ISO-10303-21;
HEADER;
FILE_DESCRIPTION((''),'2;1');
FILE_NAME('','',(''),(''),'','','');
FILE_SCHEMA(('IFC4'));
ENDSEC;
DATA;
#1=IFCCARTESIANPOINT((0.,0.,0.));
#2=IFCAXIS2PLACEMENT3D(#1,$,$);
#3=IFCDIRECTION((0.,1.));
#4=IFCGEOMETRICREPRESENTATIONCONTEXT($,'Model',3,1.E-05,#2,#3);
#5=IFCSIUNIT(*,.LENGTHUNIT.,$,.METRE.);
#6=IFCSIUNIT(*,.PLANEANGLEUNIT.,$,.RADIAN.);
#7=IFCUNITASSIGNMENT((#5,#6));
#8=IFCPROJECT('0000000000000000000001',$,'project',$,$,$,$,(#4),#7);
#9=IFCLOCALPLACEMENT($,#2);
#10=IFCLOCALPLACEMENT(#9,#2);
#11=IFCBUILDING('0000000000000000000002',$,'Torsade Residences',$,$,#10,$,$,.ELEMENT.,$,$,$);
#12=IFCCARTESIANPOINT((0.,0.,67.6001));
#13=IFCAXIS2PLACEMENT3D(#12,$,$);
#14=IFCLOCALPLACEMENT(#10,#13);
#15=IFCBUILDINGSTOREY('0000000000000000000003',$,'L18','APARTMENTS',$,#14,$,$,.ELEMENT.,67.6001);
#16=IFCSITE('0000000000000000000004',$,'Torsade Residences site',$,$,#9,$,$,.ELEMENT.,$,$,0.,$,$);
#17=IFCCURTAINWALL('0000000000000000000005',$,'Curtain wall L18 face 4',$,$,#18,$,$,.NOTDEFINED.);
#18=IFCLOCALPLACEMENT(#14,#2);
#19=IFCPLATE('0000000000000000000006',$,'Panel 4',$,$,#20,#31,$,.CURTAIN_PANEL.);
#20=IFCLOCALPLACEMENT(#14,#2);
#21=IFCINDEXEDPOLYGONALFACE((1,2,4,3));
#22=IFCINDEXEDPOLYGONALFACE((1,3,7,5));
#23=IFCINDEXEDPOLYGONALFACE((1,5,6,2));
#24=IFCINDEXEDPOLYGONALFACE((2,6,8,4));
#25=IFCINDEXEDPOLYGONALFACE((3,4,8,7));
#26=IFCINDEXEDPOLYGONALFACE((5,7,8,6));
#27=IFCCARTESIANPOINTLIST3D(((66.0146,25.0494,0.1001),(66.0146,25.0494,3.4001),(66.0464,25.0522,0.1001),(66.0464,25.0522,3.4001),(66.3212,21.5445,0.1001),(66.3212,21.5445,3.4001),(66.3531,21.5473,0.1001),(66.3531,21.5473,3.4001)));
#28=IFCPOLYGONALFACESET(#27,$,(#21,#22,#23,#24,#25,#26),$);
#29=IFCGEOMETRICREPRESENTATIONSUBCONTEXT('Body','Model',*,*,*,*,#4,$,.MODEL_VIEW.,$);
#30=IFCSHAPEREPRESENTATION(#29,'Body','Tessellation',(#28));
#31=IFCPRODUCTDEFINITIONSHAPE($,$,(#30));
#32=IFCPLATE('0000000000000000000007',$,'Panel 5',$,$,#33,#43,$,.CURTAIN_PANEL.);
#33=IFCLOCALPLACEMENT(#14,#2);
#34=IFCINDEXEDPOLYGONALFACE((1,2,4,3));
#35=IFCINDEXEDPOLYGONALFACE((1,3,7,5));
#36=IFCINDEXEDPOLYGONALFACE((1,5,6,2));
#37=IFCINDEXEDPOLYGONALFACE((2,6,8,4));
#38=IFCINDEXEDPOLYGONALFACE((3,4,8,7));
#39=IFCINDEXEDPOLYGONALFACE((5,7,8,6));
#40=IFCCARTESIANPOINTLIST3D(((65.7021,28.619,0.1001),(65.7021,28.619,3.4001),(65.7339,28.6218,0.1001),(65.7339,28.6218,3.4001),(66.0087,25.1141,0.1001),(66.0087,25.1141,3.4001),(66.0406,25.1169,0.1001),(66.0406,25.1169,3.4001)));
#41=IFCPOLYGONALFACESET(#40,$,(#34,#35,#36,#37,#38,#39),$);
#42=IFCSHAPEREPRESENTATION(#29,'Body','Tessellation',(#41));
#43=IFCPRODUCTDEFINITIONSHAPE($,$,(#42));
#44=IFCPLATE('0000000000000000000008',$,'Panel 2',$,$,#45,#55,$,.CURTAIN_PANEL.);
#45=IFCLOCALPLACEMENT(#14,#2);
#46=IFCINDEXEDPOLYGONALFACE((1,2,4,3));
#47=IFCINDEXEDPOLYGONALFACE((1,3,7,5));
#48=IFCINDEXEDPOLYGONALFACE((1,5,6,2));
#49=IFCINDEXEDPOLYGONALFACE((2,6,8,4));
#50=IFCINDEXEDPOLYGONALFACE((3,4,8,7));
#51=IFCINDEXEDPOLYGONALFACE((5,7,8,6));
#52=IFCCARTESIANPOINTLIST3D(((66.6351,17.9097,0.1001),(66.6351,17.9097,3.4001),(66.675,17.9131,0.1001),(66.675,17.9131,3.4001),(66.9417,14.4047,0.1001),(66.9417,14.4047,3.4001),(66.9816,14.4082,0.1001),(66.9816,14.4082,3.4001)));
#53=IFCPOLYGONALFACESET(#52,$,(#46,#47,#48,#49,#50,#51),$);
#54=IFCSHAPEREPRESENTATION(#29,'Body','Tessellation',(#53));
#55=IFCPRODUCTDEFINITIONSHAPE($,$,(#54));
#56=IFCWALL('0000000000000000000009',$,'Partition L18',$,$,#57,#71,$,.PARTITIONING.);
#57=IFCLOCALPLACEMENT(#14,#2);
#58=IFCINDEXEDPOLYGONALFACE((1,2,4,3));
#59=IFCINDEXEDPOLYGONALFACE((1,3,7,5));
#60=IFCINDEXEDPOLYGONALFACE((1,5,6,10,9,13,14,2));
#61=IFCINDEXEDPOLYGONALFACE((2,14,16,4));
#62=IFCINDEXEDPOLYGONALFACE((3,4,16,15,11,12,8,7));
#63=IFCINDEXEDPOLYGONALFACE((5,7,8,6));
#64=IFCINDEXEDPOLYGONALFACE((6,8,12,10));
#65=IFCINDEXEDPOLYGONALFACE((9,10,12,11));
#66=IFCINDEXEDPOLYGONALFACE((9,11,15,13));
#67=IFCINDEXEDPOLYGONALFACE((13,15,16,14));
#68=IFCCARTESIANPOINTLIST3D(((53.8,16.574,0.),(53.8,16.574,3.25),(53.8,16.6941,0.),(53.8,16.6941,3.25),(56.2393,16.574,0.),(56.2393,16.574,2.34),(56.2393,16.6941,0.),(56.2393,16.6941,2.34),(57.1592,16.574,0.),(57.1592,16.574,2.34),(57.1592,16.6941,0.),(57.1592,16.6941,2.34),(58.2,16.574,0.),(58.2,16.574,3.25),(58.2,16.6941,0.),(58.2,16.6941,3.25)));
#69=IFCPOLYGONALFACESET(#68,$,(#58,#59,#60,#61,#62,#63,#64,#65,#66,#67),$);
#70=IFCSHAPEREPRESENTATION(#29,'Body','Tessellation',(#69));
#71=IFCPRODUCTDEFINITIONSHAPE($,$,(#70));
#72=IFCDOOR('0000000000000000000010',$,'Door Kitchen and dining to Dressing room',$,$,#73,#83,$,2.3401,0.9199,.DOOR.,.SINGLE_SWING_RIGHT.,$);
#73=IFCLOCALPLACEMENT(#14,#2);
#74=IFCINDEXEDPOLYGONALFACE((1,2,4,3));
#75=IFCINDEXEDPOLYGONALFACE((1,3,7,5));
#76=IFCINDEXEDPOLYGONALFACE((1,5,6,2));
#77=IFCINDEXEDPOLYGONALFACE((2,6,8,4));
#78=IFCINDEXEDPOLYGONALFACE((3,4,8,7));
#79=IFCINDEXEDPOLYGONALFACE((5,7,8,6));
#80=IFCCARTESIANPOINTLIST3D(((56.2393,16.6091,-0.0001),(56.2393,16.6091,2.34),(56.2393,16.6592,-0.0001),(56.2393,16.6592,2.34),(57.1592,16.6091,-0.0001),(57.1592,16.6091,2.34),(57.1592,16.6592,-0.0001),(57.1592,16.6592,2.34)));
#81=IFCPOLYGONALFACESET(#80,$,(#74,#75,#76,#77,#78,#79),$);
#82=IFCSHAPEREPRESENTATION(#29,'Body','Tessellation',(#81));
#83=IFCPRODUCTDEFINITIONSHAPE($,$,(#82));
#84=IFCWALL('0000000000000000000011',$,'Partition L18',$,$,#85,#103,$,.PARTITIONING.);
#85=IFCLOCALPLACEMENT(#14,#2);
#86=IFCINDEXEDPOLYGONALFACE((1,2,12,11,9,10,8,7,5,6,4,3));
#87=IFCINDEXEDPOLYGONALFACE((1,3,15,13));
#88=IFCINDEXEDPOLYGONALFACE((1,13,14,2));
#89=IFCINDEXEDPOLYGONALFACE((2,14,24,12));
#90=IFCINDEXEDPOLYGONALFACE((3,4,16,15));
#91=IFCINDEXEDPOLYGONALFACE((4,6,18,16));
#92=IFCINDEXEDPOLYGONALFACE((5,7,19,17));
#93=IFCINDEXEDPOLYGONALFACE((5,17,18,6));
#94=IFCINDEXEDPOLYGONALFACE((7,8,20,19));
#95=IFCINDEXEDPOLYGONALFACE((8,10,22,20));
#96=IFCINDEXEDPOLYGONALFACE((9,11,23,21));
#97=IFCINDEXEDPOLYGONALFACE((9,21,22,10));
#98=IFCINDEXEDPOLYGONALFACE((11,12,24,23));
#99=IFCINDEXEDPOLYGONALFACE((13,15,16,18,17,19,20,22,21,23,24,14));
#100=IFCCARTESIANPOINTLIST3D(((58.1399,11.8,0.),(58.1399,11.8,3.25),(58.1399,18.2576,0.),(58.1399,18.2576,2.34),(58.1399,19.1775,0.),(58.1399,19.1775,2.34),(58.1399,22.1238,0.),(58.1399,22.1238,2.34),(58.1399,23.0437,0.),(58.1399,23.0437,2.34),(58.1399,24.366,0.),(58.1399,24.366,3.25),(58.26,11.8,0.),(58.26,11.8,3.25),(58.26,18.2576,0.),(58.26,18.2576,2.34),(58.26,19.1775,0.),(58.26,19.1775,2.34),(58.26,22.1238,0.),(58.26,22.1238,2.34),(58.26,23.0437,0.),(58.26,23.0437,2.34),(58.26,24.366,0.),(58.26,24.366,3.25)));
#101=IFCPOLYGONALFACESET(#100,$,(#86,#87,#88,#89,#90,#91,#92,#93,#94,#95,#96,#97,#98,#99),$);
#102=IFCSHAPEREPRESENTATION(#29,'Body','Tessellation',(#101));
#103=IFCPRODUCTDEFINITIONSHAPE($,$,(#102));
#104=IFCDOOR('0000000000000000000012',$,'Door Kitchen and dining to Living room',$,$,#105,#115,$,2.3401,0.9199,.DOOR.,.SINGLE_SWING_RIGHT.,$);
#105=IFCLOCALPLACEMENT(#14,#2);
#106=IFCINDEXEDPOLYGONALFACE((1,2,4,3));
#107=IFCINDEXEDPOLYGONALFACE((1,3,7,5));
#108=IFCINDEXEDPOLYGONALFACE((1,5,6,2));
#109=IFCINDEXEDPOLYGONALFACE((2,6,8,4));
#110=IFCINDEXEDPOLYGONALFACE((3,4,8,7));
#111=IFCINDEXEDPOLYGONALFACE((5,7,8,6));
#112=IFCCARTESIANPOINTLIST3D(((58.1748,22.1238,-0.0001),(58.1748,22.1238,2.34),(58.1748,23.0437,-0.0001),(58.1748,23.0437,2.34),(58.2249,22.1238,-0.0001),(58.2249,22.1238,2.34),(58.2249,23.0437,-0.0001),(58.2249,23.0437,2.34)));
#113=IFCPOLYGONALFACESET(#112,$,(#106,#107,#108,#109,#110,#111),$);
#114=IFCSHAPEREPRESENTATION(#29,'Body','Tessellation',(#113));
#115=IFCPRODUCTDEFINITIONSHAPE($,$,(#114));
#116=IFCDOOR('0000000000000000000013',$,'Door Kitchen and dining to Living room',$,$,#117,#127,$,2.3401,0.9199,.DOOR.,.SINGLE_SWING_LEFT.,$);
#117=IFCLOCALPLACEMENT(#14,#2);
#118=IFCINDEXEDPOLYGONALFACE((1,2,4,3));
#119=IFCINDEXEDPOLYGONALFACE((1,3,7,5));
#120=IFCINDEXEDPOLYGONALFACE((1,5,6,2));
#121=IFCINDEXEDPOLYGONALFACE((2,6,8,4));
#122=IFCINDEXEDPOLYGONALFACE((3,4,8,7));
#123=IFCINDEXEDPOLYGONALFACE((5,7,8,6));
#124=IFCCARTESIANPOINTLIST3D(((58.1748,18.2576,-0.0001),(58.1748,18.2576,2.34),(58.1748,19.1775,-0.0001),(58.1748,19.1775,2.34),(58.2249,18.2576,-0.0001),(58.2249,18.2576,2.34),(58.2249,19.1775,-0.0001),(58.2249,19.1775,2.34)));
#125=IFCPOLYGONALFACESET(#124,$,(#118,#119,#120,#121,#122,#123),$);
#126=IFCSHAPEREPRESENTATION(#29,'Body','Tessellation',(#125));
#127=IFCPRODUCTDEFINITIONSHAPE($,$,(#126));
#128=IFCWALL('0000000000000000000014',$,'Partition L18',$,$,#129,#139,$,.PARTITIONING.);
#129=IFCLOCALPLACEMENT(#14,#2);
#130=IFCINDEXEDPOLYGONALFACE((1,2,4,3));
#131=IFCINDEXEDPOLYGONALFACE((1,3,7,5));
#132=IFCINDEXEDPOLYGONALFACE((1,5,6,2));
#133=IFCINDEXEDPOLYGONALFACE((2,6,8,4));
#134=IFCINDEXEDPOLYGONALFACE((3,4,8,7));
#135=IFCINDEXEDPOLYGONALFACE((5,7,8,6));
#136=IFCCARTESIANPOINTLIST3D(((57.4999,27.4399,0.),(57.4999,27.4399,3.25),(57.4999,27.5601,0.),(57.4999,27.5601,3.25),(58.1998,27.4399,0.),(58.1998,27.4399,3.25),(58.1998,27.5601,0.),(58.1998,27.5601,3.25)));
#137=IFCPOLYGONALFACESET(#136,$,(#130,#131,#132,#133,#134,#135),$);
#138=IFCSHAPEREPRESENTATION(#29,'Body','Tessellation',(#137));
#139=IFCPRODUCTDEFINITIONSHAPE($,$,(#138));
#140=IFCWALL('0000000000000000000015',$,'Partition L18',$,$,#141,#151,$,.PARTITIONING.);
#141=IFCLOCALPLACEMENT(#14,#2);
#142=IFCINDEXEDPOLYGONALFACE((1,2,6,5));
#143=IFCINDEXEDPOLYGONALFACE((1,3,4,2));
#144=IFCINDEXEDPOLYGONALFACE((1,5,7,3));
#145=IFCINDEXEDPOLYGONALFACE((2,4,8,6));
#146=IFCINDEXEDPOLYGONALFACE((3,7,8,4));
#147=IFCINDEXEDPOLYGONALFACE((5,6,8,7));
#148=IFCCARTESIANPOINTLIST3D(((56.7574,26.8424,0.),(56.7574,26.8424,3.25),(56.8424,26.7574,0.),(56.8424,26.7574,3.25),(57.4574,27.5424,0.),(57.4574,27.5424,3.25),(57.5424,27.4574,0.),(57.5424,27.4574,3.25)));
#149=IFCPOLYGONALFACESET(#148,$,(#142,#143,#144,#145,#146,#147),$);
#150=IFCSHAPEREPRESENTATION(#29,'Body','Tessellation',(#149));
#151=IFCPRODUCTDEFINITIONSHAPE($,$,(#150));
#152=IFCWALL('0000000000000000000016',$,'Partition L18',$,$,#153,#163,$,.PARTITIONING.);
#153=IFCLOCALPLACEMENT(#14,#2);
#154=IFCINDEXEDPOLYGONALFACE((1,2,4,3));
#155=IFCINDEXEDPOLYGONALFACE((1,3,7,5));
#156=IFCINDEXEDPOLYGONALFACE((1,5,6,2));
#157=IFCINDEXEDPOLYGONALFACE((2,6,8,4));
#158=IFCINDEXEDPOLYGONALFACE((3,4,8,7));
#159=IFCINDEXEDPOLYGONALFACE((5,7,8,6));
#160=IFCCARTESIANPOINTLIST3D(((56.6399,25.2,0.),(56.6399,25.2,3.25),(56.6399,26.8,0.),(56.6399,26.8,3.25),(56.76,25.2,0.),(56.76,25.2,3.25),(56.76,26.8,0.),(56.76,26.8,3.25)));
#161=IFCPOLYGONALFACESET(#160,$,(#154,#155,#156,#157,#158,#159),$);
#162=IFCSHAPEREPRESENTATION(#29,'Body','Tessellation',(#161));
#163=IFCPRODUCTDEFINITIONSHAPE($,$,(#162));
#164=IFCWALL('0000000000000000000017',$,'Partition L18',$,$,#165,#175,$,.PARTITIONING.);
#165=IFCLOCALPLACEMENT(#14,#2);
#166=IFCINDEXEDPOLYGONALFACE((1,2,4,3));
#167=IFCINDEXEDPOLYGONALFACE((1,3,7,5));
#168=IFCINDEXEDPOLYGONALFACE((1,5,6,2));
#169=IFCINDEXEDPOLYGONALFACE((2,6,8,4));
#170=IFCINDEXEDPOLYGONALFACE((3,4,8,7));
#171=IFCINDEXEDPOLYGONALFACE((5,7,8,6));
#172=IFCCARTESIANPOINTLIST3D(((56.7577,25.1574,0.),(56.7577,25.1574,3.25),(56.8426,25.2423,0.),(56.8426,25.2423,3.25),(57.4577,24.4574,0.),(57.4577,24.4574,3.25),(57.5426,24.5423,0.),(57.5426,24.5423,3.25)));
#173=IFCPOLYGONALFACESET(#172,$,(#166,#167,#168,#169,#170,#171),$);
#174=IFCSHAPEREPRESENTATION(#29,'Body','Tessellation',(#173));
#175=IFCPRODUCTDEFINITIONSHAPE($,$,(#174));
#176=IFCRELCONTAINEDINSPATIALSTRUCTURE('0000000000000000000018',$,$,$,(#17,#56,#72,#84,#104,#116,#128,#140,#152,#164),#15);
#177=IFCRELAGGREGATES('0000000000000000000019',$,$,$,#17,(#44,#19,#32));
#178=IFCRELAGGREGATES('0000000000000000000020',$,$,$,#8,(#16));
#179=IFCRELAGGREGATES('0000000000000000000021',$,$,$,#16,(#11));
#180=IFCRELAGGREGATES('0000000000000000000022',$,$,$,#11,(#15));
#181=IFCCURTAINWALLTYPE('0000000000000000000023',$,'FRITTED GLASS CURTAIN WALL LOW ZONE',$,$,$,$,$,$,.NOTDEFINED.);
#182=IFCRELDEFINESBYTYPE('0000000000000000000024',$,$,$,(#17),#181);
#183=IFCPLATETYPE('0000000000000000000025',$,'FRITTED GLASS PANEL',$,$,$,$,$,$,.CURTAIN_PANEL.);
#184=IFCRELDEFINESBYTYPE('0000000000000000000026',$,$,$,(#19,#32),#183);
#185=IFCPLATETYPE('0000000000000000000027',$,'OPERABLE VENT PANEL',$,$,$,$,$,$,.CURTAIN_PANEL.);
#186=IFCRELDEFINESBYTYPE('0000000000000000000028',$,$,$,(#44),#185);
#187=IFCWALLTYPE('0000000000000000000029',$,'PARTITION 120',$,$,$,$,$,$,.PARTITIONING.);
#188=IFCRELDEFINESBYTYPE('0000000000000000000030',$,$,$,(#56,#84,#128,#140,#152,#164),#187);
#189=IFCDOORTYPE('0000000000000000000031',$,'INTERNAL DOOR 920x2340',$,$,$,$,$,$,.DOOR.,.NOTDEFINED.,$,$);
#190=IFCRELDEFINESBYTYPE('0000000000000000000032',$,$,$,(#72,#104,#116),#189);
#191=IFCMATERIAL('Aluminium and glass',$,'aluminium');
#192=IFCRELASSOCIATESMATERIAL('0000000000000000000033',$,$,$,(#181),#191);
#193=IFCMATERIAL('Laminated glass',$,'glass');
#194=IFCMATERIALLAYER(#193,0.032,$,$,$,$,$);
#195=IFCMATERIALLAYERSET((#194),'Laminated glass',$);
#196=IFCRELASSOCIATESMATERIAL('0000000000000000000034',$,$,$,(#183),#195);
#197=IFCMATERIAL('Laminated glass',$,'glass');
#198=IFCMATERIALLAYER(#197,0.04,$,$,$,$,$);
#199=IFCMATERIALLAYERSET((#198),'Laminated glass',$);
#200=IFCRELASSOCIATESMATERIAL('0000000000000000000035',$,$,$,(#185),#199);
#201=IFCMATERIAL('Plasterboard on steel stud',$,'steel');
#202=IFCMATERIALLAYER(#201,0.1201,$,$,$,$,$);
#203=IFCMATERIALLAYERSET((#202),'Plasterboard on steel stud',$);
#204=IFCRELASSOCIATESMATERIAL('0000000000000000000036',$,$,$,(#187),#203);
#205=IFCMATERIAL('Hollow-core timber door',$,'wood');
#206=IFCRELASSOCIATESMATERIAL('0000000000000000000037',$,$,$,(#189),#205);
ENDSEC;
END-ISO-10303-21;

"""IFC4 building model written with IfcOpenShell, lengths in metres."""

from ifc_helpers import new_model, si_unit, direction, frame, frame_2d, origin, origin_2d, place, context, subcontext, project, spatial, rectangle, extrude, material, layer, layer_set, type_object, element, fill, aggregate, save


model = new_model("IFC4")

# Units and contexts
model_context = context("Model", 3, precision=1e-05, world=origin(), true_north=direction((0.0, 1.0)))
body_context = subcontext(model_context, "Body", "Model", "MODEL_VIEW")
ifc_project = project(units=[si_unit("LENGTHUNIT", "METRE"), si_unit("PLANEANGLEUNIT", "RADIAN")], contexts=[model_context])

# Site, building, storey
site_placement = place(None, origin())
site = spatial("IfcSite", under=ifc_project, at=site_placement, Name="Torsade Residences site", CompositionType="ELEMENT", RefElevation=0.0)
building_placement = place(site_placement, origin())
building = spatial("IfcBuilding", under=site, at=building_placement, Name="Torsade Residences", CompositionType="ELEMENT")
storey_placement = place(building_placement, frame((0.0, 0.0, 67.6001)))
storey = spatial("IfcBuildingStorey", under=building, at=storey_placement, Name="L18", Description="APARTMENTS", CompositionType="ELEMENT", Elevation=67.6001)

# Curtain wall
ifc_material_1 = material(Name="Aluminium and glass", Category="aluminium")
curtain_wall_type = type_object("IfcCurtainWallType", Name="FRITTED GLASS CURTAIN WALL LOW ZONE", PredefinedType="NOTDEFINED", material=ifc_material_1)
curtain_wall_placement = place(storey_placement, origin())
curtain_wall = element("IfcCurtainWall", 1, at=curtain_wall_placement, inside=storey, type_object=curtain_wall_type, Name="Curtain wall L18 face 4", PredefinedType="NOTDEFINED")

# Plates
ifc_material_2 = material(Name="Laminated glass", Category="glass")
ifc_layer_1 = layer(ifc_material_2, 0.032)
ifc_layer_set_1 = layer_set([ifc_layer_1], Name="Laminated glass")
plate_type_1 = type_object("IfcPlateType", Name="FRITTED GLASS PANEL", PredefinedType="CURTAIN_PANEL", material=ifc_layer_set_1)
plate_1_placement = place(storey_placement, frame((66.1838, 23.2983, 0.1001), z_axis=(0.0, 0.0, 1.0), x_axis=(-0.087156, 0.996195, 0.0)))
plate_1 = element("IfcPlate", 2, at=plate_1_placement, type_object=plate_type_1, Name="Panel 4", PredefinedType="CURTAIN_PANEL", context=body_context, shape_type="SweptSolid", body=[
    extrude(rectangle(XDim=3.5183, YDim=0.032, at=origin_2d()), origin(), (0.0, 0.0, 1.0), 3.3),
])
plate_2_placement = place(storey_placement, frame((65.8713, 26.8679, 0.1001), z_axis=(0.0, 0.0, 1.0), x_axis=(-0.087156, 0.996195, 0.0)))
plate_2 = element("IfcPlate", 3, at=plate_2_placement, type_object=plate_type_1, Name="Panel 5", PredefinedType="CURTAIN_PANEL", context=body_context, shape_type="SweptSolid", body=[
    extrude(rectangle(XDim=3.5183, YDim=0.032, at=origin_2d()), origin(), (0.0, 0.0, 1.0), 3.3),
])
ifc_material_3 = material(Name="Laminated glass", Category="glass")
ifc_layer_2 = layer(ifc_material_3, 0.04)
ifc_layer_set_2 = layer_set([ifc_layer_2], Name="Laminated glass")
plate_type_2 = type_object("IfcPlateType", Name="OPERABLE VENT PANEL", PredefinedType="CURTAIN_PANEL", material=ifc_layer_set_2)
plate_3_placement = place(storey_placement, frame((66.8083, 16.1589, 0.1001), z_axis=(0.0, 0.0, 1.0), x_axis=(-0.087156, 0.996195, 0.0)))
plate_3 = element("IfcPlate", 4, at=plate_3_placement, type_object=plate_type_2, Name="Panel 2", PredefinedType="CURTAIN_PANEL", context=body_context, shape_type="SweptSolid", body=[
    extrude(rectangle(XDim=3.5183, YDim=0.04, at=origin_2d()), origin(), (0.0, 0.0, 1.0), 3.3),
])
aggregate(curtain_wall, [plate_3, plate_1, plate_2])

# Wall, opening, door
ifc_material_4 = material(Name="Plasterboard on steel stud", Category="steel")
ifc_layer_3 = layer(ifc_material_4, 0.1201)
ifc_layer_set_3 = layer_set([ifc_layer_3], Name="Plasterboard on steel stud")
wall_type_1 = type_object("IfcWallType", Name="PARTITION 120", PredefinedType="PARTITIONING", material=ifc_layer_set_3)
wall_1_placement = place(storey_placement, frame((58.2, 16.634, 0.0), z_axis=(0.0, 0.0, 1.0), x_axis=(-1.0, 0.0, 0.0)))
wall_1 = element("IfcWall", 5, at=wall_1_placement, inside=storey, type_object=wall_type_1, Name="Partition L18", PredefinedType="PARTITIONING", context=body_context, shape_type="SweptSolid", body=[
    extrude(rectangle(XDim=4.3999, YDim=0.1201, at=frame_2d((2.2, 0.0))), origin(), (0.0, 0.0, 1.0), 3.25),
])
opening_1_placement = place(wall_1_placement, frame((1.0408, 0.0, 0.0)))
opening_1 = element("IfcOpeningElement", 6, at=opening_1_placement, cuts=wall_1, PredefinedType="OPENING", context=body_context, shape_type="SweptSolid", body=[
    extrude(rectangle(XDim=0.9199, YDim=2.3401, at=frame_2d((0.46, 1.1699))), frame((0.0, 0.0701, 0.0), z_axis=(0.0, -1.0, 0.0), x_axis=(1.0, 0.0, 0.0)), (0.0, 0.0, 1.0), 0.1401),
])
ifc_material_5 = material(Name="Hollow-core timber door", Category="wood")
door_type = type_object("IfcDoorType", Name="INTERNAL DOOR 920x2340", OperationType="NOTDEFINED", PredefinedType="DOOR", material=ifc_material_5)
door_1_placement = place(opening_1_placement, origin())
door_1 = element("IfcDoor", 7, at=door_1_placement, inside=storey, type_object=door_type, Name="Door Kitchen and dining to Dressing room", OperationType="SINGLE_SWING_RIGHT", OverallHeight=2.3401, OverallWidth=0.9199, PredefinedType="DOOR", context=body_context, shape_type="SweptSolid", body=[
    extrude(rectangle(XDim=0.9199, YDim=2.3401, at=frame_2d((0.46, 1.1699))), frame((0.0, 0.0249, 0.0), z_axis=(0.0, -1.0, 0.0), x_axis=(1.0, 0.0, 0.0)), (0.0, 0.0, 1.0), 0.05),
])
fill(opening_1, door_1)

# Wall, openings, doors
wall_2_placement = place(storey_placement, frame((58.2, 24.366, 0.0), z_axis=(0.0, 0.0, 1.0), x_axis=(0.0, -1.0, 0.0)))
wall_2 = element("IfcWall", 8, at=wall_2_placement, inside=storey, type_object=wall_type_1, Name="Partition L18", PredefinedType="PARTITIONING", context=body_context, shape_type="SweptSolid", body=[
    extrude(rectangle(XDim=12.5659, YDim=0.1201, at=frame_2d((6.283, 0.0))), origin(), (0.0, 0.0, 1.0), 3.25),
])
opening_2_placement = place(wall_2_placement, frame((1.3223, 0.0, 0.0)))
opening_2 = element("IfcOpeningElement", 9, at=opening_2_placement, cuts=wall_2, PredefinedType="OPENING", context=body_context, shape_type="SweptSolid", body=[
    extrude(rectangle(XDim=0.9199, YDim=2.3401, at=frame_2d((0.46, 1.1699))), frame((0.0, 0.0701, 0.0), z_axis=(0.0, -1.0, 0.0), x_axis=(1.0, 0.0, 0.0)), (0.0, 0.0, 1.0), 0.1401),
])
opening_3_placement = place(wall_2_placement, frame((5.1885, 0.0, 0.0)))
opening_3 = element("IfcOpeningElement", 10, at=opening_3_placement, cuts=wall_2, PredefinedType="OPENING", context=body_context, shape_type="SweptSolid", body=[
    extrude(rectangle(XDim=0.9199, YDim=2.3401, at=frame_2d((0.46, 1.1699))), frame((0.0, 0.0701, 0.0), z_axis=(0.0, -1.0, 0.0), x_axis=(1.0, 0.0, 0.0)), (0.0, 0.0, 1.0), 0.1401),
])
door_2_placement = place(opening_2_placement, origin())
door_2 = element("IfcDoor", 11, at=door_2_placement, inside=storey, type_object=door_type, Name="Door Kitchen and dining to Living room", OperationType="SINGLE_SWING_RIGHT", OverallHeight=2.3401, OverallWidth=0.9199, PredefinedType="DOOR", context=body_context, shape_type="SweptSolid", body=[
    extrude(rectangle(XDim=0.9199, YDim=2.3401, at=frame_2d((0.46, 1.1699))), frame((0.0, 0.0249, 0.0), z_axis=(0.0, -1.0, 0.0), x_axis=(1.0, 0.0, 0.0)), (0.0, 0.0, 1.0), 0.05),
])
fill(opening_2, door_2)
door_3_placement = place(opening_3_placement, origin())
door_3 = element("IfcDoor", 12, at=door_3_placement, inside=storey, type_object=door_type, Name="Door Kitchen and dining to Living room", OperationType="SINGLE_SWING_LEFT", OverallHeight=2.3401, OverallWidth=0.9199, PredefinedType="DOOR", context=body_context, shape_type="SweptSolid", body=[
    extrude(rectangle(XDim=0.9199, YDim=2.3401, at=frame_2d((0.46, 1.1699))), frame((0.0, 0.0249, 0.0), z_axis=(0.0, -1.0, 0.0), x_axis=(1.0, 0.0, 0.0)), (0.0, 0.0, 1.0), 0.05),
])
fill(opening_3, door_3)

# Walls
wall_3_placement = place(storey_placement, frame((58.2, 27.5, 0.0), z_axis=(0.0, 0.0, 1.0), x_axis=(-1.0, 0.0, 0.0)))
element("IfcWall", 13, at=wall_3_placement, inside=storey, type_object=wall_type_1, Name="Partition L18", PredefinedType="PARTITIONING", context=body_context, shape_type="SweptSolid", body=[
    extrude(rectangle(XDim=0.7, YDim=0.1201, at=frame_2d((0.3501, 0.0))), origin(), (0.0, 0.0, 1.0), 3.25),
])
wall_4_placement = place(storey_placement, frame((57.5, 27.5, 0.0), z_axis=(0.0, 0.0, 1.0), x_axis=(-0.707107, -0.707107, 0.0)))
element("IfcWall", 14, at=wall_4_placement, inside=storey, type_object=wall_type_1, Name="Partition L18", PredefinedType="PARTITIONING", context=body_context, shape_type="SweptSolid", body=[
    extrude(rectangle(XDim=0.99, YDim=0.1201, at=frame_2d((0.4951, 0.0))), origin(), (0.0, 0.0, 1.0), 3.25),
])
wall_5_placement = place(storey_placement, frame((56.7, 26.8, 0.0), z_axis=(0.0, 0.0, 1.0), x_axis=(0.0, -1.0, 0.0)))
element("IfcWall", 15, at=wall_5_placement, inside=storey, type_object=wall_type_1, Name="Partition L18", PredefinedType="PARTITIONING", context=body_context, shape_type="SweptSolid", body=[
    extrude(rectangle(XDim=1.6001, YDim=0.1201, at=frame_2d((0.8, 0.0))), origin(), (0.0, 0.0, 1.0), 3.25),
])
wall_6_placement = place(storey_placement, frame((56.8, 25.2, 0.0), z_axis=(0.0, 0.0, 1.0), x_axis=(0.707107, -0.707107, 0.0)))
element("IfcWall", 16, at=wall_6_placement, inside=storey, type_object=wall_type_1, Name="Partition L18", PredefinedType="PARTITIONING", context=body_context, shape_type="SweptSolid", body=[
    extrude(rectangle(XDim=0.99, YDim=0.1201, at=frame_2d((0.4951, 0.0))), origin(), (0.0, 0.0, 1.0), 3.25),
])

save(model, "model.ifc")
